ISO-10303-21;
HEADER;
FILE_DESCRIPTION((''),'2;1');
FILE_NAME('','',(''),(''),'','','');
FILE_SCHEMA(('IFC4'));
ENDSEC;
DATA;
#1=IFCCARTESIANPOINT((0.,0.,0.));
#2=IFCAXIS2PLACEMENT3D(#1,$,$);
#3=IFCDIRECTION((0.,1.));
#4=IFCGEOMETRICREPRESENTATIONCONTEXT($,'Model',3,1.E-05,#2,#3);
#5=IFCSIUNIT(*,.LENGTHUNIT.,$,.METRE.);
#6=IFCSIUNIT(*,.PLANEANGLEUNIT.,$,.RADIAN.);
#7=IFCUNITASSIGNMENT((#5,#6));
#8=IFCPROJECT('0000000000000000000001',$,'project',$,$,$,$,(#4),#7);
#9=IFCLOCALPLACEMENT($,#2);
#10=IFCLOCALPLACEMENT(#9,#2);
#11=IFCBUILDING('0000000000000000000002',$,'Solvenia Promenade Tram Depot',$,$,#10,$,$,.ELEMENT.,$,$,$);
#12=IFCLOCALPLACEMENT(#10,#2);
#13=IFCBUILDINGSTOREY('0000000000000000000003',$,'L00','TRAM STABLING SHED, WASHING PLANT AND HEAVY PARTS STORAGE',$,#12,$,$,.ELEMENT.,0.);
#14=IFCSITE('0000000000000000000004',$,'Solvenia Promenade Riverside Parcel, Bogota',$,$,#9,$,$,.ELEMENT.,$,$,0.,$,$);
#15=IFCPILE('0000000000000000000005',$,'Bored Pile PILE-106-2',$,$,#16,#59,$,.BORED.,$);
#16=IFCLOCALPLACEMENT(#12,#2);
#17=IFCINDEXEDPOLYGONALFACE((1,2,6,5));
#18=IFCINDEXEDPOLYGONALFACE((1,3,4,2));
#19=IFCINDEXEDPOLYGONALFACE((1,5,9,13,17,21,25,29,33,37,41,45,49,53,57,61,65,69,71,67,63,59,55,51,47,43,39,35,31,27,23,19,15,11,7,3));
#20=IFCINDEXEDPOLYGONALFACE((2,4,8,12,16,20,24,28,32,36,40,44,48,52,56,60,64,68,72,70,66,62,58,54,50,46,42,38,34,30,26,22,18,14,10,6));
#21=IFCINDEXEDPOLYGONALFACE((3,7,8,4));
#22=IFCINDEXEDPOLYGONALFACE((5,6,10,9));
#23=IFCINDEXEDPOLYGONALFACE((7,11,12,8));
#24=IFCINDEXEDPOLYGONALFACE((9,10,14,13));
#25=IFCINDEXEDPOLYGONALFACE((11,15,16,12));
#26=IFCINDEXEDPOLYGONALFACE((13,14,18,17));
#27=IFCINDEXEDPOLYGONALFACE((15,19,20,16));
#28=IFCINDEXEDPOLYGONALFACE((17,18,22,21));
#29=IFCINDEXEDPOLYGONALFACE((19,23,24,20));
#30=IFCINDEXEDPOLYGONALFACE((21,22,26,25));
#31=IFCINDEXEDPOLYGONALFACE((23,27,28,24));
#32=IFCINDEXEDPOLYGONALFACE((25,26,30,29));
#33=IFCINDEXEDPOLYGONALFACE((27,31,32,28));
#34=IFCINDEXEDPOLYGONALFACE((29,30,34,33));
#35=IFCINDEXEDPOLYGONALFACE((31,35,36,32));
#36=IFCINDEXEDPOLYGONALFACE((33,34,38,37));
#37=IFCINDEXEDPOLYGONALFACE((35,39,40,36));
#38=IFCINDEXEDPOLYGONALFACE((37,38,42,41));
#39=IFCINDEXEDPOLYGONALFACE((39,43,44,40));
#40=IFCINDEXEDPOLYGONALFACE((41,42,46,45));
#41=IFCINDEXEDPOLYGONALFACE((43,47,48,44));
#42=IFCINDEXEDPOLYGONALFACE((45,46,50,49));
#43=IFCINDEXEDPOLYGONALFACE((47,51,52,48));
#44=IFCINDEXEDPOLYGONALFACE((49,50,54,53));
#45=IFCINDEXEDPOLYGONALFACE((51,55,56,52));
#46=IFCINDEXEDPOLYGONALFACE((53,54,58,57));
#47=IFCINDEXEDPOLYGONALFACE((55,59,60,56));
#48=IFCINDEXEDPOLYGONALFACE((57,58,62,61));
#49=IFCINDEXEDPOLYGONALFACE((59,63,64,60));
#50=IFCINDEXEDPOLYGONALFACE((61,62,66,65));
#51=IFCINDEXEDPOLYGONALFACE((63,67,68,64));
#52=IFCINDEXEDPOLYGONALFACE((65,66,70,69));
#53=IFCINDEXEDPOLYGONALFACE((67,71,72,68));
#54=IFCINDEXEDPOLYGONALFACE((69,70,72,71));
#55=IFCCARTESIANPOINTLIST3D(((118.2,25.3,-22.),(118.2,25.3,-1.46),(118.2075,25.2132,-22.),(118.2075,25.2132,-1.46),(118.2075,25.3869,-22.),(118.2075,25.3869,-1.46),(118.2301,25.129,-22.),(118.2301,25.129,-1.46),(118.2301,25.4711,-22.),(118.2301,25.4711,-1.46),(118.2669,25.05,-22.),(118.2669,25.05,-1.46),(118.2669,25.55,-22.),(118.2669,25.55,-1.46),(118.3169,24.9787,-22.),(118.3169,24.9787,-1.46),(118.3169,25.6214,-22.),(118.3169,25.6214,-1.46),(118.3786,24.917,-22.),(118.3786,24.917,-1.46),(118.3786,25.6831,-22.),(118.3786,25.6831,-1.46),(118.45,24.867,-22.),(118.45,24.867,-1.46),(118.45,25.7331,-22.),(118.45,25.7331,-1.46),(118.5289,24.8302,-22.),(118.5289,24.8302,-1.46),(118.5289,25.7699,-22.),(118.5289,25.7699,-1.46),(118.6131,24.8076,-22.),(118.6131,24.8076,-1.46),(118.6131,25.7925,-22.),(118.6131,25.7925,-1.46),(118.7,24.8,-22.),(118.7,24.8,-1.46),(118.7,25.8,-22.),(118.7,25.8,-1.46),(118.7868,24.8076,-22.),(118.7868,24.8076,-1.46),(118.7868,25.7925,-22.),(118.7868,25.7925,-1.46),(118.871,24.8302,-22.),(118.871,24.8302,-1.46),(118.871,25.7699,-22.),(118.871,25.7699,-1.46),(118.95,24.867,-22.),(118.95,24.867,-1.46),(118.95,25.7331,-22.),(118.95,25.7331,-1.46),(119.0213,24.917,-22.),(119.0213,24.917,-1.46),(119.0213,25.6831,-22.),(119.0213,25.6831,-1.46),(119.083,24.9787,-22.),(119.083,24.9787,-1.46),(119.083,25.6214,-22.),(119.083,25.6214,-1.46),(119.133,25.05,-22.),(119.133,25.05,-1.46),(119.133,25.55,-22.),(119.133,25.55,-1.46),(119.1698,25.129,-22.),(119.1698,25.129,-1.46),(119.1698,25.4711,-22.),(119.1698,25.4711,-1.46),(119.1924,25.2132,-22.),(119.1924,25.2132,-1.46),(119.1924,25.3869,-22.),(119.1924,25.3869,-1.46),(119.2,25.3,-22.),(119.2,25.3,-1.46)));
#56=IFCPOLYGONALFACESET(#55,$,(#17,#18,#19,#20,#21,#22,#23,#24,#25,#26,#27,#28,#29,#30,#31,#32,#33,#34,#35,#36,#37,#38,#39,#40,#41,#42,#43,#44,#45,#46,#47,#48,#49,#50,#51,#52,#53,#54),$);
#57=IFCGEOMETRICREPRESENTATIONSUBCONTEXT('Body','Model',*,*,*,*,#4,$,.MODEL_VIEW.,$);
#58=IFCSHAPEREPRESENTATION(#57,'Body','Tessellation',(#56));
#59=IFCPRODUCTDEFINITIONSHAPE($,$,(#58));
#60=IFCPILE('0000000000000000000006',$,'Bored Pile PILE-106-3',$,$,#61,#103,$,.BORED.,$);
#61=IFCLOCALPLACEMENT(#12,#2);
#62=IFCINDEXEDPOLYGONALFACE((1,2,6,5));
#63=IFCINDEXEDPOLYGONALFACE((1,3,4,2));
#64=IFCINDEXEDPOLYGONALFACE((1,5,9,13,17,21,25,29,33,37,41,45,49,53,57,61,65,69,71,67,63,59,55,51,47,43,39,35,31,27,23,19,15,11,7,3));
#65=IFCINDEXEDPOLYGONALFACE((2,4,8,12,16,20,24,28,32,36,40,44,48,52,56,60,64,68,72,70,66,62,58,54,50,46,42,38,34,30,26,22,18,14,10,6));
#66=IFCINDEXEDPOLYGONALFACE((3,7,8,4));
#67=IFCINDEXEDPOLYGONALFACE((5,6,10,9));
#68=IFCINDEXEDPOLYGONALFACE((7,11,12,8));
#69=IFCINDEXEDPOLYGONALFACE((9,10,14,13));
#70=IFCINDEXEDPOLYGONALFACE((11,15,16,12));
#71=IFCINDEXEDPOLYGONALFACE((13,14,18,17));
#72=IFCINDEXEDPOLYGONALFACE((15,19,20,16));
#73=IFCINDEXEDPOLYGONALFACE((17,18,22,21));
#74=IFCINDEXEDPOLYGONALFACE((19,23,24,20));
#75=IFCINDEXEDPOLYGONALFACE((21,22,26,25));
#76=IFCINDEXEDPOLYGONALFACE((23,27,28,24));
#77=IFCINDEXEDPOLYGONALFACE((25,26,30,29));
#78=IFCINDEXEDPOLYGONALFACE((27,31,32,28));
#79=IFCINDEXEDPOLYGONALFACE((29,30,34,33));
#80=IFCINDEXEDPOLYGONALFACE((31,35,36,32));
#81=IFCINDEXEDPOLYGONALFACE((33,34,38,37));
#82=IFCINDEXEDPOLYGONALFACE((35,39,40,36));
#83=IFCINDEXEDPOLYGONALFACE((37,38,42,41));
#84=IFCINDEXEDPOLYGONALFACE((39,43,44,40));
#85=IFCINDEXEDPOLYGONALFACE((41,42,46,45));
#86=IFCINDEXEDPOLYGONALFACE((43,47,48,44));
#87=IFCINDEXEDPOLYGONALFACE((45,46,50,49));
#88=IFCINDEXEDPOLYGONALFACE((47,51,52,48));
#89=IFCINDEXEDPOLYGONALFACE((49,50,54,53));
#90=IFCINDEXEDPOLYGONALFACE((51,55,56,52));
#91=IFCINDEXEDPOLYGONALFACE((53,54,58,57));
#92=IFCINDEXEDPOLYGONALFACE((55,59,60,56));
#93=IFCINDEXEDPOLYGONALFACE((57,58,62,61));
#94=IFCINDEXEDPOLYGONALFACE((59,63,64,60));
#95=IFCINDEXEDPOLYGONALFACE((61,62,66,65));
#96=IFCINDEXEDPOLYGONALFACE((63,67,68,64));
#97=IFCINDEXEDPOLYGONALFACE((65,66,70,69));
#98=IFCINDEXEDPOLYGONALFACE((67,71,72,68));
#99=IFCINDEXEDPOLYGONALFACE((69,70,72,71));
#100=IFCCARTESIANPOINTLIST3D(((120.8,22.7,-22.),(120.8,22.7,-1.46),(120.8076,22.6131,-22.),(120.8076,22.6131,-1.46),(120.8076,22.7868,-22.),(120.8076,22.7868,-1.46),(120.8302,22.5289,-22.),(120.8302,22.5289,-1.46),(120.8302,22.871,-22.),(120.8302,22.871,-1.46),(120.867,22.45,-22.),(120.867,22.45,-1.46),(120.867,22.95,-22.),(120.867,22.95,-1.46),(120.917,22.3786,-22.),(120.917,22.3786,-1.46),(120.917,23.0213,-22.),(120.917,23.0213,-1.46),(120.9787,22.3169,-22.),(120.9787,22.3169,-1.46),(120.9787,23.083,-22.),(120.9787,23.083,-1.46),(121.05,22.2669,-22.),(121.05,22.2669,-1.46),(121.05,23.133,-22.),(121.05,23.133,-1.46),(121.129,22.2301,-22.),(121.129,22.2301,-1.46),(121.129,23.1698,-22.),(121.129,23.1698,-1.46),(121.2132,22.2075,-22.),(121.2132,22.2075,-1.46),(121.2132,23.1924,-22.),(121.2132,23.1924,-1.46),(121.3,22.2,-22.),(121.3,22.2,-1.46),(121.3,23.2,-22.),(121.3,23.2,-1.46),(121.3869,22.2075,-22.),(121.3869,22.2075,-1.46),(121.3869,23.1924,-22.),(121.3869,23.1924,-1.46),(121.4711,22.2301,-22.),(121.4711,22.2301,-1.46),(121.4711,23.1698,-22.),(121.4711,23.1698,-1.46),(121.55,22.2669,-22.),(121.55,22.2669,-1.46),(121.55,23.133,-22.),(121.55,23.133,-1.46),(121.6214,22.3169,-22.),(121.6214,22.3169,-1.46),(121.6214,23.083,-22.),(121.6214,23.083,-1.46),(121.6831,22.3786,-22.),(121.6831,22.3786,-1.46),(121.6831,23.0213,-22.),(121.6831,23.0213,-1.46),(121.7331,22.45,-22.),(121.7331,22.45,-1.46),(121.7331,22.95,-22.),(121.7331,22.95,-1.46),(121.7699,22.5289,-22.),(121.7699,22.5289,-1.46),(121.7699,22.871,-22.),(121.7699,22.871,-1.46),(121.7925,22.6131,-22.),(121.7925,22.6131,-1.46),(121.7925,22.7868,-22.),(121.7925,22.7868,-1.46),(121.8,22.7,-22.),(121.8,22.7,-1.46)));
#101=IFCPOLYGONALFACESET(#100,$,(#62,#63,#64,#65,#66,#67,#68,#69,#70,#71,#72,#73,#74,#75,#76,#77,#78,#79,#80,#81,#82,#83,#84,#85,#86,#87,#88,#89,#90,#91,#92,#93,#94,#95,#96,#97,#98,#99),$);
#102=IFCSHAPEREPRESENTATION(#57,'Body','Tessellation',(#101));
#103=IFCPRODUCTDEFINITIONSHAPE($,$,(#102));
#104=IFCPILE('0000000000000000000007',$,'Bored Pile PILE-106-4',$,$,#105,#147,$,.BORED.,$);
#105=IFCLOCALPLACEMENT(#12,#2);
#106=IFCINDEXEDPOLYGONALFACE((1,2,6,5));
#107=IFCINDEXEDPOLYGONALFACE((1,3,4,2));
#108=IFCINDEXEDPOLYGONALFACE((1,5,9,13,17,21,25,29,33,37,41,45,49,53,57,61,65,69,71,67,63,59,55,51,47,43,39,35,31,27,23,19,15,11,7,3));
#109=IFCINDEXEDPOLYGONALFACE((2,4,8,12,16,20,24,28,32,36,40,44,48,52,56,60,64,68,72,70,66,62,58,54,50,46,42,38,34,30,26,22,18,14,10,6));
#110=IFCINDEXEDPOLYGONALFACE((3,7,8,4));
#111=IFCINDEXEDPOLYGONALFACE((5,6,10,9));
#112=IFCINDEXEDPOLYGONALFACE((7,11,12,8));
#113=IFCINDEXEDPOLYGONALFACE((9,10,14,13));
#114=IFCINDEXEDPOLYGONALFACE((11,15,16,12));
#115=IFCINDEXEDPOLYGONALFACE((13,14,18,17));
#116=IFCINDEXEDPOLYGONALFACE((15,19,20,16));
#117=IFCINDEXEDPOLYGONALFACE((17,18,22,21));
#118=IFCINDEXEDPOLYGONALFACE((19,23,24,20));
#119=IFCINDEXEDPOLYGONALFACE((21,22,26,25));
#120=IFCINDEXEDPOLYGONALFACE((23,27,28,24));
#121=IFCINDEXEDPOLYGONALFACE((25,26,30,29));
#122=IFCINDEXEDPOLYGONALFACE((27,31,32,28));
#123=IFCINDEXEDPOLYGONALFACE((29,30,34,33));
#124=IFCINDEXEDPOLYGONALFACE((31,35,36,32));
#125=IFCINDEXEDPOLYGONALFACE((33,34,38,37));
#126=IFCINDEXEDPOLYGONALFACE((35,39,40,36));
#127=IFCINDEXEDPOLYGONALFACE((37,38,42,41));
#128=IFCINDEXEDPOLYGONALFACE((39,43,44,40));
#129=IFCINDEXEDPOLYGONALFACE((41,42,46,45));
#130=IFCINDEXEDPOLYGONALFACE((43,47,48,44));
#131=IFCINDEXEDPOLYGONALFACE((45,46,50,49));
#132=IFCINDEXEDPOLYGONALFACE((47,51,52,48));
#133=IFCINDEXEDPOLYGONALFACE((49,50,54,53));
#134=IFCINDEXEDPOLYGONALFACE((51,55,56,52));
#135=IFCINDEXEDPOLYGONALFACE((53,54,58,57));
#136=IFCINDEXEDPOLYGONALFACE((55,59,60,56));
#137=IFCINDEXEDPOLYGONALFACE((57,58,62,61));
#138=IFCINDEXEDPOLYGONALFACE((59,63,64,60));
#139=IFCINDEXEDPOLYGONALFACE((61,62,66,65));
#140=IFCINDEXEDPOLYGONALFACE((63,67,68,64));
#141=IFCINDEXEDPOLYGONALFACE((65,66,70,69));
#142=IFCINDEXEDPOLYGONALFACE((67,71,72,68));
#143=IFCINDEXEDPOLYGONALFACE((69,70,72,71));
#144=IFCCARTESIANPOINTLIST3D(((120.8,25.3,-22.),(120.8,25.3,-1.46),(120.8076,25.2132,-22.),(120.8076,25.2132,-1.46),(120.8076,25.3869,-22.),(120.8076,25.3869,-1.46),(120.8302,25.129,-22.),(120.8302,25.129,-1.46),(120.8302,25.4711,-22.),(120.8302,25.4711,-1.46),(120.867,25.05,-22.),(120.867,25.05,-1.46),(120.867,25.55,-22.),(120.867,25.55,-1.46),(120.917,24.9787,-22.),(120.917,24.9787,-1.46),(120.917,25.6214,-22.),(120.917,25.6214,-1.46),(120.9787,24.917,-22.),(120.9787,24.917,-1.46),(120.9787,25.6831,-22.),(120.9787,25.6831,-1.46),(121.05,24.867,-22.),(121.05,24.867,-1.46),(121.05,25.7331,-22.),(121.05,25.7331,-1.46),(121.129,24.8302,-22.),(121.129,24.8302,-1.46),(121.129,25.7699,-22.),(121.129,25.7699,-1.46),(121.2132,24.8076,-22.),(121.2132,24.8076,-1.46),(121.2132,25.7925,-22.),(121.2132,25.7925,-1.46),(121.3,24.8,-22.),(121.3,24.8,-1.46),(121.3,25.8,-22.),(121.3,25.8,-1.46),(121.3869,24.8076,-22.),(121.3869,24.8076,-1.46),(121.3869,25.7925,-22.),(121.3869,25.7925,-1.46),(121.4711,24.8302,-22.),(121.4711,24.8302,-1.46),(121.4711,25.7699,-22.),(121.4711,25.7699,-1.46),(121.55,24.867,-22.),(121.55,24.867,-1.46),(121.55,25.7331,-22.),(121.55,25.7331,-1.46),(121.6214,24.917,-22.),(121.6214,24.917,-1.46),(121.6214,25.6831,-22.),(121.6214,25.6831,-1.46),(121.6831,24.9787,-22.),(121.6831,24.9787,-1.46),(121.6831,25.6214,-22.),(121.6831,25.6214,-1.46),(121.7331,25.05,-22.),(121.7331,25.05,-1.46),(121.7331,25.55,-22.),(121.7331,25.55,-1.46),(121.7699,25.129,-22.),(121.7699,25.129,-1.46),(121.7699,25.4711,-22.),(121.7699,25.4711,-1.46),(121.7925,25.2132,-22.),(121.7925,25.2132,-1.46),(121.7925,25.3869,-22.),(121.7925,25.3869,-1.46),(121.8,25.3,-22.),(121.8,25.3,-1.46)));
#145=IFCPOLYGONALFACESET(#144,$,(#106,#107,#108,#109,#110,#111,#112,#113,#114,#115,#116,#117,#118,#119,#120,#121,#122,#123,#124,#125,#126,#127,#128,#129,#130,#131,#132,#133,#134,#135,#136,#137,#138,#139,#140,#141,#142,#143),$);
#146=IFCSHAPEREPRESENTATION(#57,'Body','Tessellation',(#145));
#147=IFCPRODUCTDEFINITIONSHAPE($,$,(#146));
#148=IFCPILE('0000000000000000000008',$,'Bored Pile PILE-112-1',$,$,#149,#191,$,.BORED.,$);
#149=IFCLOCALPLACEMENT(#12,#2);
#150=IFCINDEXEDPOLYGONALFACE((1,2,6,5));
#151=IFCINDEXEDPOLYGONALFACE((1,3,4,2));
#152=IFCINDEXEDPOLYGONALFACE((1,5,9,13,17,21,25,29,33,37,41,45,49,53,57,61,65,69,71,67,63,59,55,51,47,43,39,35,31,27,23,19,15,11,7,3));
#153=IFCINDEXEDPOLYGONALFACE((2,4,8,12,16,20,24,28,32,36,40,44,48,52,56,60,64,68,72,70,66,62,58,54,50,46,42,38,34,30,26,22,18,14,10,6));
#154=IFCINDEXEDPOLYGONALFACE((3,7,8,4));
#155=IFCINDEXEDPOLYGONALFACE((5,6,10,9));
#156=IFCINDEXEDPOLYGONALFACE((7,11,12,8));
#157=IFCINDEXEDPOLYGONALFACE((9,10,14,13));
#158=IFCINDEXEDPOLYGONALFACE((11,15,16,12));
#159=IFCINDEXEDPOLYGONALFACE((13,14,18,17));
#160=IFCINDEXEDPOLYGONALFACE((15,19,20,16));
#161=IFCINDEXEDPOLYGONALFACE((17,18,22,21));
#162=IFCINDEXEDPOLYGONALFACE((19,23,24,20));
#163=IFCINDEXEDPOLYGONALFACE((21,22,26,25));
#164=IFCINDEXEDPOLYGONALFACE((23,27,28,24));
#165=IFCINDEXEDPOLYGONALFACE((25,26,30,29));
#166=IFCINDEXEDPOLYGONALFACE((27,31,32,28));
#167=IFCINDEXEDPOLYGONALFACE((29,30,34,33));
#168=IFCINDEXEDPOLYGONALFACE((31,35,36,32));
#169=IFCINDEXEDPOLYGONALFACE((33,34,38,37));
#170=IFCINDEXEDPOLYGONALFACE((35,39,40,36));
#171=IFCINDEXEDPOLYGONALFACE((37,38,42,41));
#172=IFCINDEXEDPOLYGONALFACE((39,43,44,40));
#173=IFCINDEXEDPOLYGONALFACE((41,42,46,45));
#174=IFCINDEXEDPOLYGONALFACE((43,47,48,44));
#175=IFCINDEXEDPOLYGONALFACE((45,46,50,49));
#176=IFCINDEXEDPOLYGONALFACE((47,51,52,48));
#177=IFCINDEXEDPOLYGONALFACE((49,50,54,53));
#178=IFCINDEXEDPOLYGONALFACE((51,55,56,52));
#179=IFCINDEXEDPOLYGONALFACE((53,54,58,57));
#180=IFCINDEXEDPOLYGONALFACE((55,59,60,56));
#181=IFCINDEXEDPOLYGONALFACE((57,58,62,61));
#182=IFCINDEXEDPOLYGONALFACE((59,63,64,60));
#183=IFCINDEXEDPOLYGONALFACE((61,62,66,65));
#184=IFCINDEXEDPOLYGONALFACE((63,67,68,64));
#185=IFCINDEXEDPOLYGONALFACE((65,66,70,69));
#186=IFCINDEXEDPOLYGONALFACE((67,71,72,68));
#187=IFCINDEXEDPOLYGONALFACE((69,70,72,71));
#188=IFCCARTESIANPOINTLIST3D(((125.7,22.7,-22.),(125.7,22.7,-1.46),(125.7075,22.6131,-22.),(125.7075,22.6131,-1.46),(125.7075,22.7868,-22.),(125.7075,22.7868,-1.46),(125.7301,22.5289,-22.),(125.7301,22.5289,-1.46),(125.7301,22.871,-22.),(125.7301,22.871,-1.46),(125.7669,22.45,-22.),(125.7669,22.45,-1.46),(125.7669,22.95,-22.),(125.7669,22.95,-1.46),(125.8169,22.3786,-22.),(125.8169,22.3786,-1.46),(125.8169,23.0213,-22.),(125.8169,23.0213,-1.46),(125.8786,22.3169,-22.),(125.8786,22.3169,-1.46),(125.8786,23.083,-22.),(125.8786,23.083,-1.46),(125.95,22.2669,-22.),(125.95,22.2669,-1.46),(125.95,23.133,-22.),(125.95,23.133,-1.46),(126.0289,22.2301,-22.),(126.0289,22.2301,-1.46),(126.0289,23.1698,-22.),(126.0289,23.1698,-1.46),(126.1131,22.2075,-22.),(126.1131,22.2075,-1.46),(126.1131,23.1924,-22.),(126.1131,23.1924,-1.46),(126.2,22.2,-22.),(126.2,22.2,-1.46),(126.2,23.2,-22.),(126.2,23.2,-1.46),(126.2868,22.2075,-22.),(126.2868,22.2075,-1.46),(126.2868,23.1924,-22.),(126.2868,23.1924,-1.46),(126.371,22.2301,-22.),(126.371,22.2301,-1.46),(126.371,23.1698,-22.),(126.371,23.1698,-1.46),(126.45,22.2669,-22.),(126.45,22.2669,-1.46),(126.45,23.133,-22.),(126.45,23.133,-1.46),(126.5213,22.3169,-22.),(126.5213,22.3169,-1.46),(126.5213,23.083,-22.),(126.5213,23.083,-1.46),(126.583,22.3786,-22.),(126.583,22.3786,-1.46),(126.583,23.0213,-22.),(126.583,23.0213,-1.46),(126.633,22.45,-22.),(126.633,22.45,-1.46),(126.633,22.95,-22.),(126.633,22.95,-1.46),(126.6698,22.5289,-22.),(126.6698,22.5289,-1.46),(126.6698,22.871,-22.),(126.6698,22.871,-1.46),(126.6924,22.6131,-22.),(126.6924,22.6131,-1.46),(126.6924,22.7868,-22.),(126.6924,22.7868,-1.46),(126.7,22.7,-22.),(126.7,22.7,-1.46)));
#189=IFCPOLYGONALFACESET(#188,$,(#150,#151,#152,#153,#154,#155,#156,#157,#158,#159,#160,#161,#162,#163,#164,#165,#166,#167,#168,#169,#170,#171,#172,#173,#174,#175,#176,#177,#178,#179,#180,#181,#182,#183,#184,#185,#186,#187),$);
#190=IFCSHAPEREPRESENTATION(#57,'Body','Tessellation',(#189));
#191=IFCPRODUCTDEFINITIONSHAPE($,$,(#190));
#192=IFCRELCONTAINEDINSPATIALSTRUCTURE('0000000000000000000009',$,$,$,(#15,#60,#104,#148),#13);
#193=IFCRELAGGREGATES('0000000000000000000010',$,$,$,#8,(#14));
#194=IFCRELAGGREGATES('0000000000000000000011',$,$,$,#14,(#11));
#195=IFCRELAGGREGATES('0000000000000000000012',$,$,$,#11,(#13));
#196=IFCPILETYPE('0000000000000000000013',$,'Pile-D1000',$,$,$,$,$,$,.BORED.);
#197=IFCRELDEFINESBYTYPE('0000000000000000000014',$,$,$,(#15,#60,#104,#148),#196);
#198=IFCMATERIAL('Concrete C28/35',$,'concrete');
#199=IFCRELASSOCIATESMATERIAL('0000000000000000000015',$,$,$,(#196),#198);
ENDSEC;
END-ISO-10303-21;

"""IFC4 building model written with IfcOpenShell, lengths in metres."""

from ifc_helpers import new_model, si_unit, direction, frame, origin, origin_2d, place, context, subcontext, project, spatial, circle, extrude, material, material_profile, profile_set, type_object, element, save


model = new_model("IFC4")

# Units and contexts
model_context = context("Model", 3, precision=1e-05, world=origin(), true_north=direction((0.0, 1.0)))
body_context = subcontext(model_context, "Body", "Model", "MODEL_VIEW")
ifc_project = project(units=[si_unit("LENGTHUNIT", "METRE"), si_unit("PLANEANGLEUNIT", "RADIAN")], contexts=[model_context])

# Site, building, storey
site_placement = place(None, origin())
site = spatial("IfcSite", under=ifc_project, at=site_placement, Name="Solvenia Promenade Riverside Parcel, Bogota", CompositionType="ELEMENT", RefElevation=0.0)
building_placement = place(site_placement, origin())
building = spatial("IfcBuilding", under=site, at=building_placement, Name="Solvenia Promenade Tram Depot", CompositionType="ELEMENT")
storey_placement = place(building_placement, origin())
storey = spatial("IfcBuildingStorey", under=building, at=storey_placement, Name="L00", Description="TRAM STABLING SHED, WASHING PLANT AND HEAVY PARTS STORAGE", CompositionType="ELEMENT", Elevation=0.0)

# Shared definitions
ifc_material_1 = material(Name="Concrete C28/35", Category="concrete")

# Piles
ifc_material_profile_1 = material_profile(ifc_material_1, circle(Radius=0.5, at=origin_2d()), Name="D1000", Category="concrete")
ifc_profile_set_1 = profile_set([ifc_material_profile_1], Name="Concrete C28/35")
pile_type = type_object("IfcPileType", Name="Pile-D1000", PredefinedType="BORED", material=ifc_profile_set_1)
for number, where, z_axis, x_axis, name in (
    (1, (118.7, 25.3, -1.46), (0.0, 0.0, -1.0), (1.0, 0.0, 0.0), "Bored Pile PILE-106-2"),
    (2, (121.3, 22.7, -1.46), (0.0, 0.0, -1.0), (1.0, 0.0, 0.0), "Bored Pile PILE-106-3"),
    (3, (121.3, 25.3, -1.46), (0.0, 0.0, -1.0), (1.0, 0.0, 0.0), "Bored Pile PILE-106-4"),
    (4, (126.2, 22.7, -1.46), (0.0, 0.0, -1.0), (1.0, 0.0, 0.0), "Bored Pile PILE-112-1"),
):
    element("IfcPile", number, at=place(storey_placement, frame(where, z_axis=z_axis, x_axis=x_axis)), inside=storey, type_object=pile_type, Name=name, PredefinedType="BORED", context=body_context, shape_type="SweptSolid", body=[
        extrude(circle(Radius=0.5, at=origin_2d()), origin(), (0.0, 0.0, 1.0), 20.54),
    ])

save(model, "model.ifc")
